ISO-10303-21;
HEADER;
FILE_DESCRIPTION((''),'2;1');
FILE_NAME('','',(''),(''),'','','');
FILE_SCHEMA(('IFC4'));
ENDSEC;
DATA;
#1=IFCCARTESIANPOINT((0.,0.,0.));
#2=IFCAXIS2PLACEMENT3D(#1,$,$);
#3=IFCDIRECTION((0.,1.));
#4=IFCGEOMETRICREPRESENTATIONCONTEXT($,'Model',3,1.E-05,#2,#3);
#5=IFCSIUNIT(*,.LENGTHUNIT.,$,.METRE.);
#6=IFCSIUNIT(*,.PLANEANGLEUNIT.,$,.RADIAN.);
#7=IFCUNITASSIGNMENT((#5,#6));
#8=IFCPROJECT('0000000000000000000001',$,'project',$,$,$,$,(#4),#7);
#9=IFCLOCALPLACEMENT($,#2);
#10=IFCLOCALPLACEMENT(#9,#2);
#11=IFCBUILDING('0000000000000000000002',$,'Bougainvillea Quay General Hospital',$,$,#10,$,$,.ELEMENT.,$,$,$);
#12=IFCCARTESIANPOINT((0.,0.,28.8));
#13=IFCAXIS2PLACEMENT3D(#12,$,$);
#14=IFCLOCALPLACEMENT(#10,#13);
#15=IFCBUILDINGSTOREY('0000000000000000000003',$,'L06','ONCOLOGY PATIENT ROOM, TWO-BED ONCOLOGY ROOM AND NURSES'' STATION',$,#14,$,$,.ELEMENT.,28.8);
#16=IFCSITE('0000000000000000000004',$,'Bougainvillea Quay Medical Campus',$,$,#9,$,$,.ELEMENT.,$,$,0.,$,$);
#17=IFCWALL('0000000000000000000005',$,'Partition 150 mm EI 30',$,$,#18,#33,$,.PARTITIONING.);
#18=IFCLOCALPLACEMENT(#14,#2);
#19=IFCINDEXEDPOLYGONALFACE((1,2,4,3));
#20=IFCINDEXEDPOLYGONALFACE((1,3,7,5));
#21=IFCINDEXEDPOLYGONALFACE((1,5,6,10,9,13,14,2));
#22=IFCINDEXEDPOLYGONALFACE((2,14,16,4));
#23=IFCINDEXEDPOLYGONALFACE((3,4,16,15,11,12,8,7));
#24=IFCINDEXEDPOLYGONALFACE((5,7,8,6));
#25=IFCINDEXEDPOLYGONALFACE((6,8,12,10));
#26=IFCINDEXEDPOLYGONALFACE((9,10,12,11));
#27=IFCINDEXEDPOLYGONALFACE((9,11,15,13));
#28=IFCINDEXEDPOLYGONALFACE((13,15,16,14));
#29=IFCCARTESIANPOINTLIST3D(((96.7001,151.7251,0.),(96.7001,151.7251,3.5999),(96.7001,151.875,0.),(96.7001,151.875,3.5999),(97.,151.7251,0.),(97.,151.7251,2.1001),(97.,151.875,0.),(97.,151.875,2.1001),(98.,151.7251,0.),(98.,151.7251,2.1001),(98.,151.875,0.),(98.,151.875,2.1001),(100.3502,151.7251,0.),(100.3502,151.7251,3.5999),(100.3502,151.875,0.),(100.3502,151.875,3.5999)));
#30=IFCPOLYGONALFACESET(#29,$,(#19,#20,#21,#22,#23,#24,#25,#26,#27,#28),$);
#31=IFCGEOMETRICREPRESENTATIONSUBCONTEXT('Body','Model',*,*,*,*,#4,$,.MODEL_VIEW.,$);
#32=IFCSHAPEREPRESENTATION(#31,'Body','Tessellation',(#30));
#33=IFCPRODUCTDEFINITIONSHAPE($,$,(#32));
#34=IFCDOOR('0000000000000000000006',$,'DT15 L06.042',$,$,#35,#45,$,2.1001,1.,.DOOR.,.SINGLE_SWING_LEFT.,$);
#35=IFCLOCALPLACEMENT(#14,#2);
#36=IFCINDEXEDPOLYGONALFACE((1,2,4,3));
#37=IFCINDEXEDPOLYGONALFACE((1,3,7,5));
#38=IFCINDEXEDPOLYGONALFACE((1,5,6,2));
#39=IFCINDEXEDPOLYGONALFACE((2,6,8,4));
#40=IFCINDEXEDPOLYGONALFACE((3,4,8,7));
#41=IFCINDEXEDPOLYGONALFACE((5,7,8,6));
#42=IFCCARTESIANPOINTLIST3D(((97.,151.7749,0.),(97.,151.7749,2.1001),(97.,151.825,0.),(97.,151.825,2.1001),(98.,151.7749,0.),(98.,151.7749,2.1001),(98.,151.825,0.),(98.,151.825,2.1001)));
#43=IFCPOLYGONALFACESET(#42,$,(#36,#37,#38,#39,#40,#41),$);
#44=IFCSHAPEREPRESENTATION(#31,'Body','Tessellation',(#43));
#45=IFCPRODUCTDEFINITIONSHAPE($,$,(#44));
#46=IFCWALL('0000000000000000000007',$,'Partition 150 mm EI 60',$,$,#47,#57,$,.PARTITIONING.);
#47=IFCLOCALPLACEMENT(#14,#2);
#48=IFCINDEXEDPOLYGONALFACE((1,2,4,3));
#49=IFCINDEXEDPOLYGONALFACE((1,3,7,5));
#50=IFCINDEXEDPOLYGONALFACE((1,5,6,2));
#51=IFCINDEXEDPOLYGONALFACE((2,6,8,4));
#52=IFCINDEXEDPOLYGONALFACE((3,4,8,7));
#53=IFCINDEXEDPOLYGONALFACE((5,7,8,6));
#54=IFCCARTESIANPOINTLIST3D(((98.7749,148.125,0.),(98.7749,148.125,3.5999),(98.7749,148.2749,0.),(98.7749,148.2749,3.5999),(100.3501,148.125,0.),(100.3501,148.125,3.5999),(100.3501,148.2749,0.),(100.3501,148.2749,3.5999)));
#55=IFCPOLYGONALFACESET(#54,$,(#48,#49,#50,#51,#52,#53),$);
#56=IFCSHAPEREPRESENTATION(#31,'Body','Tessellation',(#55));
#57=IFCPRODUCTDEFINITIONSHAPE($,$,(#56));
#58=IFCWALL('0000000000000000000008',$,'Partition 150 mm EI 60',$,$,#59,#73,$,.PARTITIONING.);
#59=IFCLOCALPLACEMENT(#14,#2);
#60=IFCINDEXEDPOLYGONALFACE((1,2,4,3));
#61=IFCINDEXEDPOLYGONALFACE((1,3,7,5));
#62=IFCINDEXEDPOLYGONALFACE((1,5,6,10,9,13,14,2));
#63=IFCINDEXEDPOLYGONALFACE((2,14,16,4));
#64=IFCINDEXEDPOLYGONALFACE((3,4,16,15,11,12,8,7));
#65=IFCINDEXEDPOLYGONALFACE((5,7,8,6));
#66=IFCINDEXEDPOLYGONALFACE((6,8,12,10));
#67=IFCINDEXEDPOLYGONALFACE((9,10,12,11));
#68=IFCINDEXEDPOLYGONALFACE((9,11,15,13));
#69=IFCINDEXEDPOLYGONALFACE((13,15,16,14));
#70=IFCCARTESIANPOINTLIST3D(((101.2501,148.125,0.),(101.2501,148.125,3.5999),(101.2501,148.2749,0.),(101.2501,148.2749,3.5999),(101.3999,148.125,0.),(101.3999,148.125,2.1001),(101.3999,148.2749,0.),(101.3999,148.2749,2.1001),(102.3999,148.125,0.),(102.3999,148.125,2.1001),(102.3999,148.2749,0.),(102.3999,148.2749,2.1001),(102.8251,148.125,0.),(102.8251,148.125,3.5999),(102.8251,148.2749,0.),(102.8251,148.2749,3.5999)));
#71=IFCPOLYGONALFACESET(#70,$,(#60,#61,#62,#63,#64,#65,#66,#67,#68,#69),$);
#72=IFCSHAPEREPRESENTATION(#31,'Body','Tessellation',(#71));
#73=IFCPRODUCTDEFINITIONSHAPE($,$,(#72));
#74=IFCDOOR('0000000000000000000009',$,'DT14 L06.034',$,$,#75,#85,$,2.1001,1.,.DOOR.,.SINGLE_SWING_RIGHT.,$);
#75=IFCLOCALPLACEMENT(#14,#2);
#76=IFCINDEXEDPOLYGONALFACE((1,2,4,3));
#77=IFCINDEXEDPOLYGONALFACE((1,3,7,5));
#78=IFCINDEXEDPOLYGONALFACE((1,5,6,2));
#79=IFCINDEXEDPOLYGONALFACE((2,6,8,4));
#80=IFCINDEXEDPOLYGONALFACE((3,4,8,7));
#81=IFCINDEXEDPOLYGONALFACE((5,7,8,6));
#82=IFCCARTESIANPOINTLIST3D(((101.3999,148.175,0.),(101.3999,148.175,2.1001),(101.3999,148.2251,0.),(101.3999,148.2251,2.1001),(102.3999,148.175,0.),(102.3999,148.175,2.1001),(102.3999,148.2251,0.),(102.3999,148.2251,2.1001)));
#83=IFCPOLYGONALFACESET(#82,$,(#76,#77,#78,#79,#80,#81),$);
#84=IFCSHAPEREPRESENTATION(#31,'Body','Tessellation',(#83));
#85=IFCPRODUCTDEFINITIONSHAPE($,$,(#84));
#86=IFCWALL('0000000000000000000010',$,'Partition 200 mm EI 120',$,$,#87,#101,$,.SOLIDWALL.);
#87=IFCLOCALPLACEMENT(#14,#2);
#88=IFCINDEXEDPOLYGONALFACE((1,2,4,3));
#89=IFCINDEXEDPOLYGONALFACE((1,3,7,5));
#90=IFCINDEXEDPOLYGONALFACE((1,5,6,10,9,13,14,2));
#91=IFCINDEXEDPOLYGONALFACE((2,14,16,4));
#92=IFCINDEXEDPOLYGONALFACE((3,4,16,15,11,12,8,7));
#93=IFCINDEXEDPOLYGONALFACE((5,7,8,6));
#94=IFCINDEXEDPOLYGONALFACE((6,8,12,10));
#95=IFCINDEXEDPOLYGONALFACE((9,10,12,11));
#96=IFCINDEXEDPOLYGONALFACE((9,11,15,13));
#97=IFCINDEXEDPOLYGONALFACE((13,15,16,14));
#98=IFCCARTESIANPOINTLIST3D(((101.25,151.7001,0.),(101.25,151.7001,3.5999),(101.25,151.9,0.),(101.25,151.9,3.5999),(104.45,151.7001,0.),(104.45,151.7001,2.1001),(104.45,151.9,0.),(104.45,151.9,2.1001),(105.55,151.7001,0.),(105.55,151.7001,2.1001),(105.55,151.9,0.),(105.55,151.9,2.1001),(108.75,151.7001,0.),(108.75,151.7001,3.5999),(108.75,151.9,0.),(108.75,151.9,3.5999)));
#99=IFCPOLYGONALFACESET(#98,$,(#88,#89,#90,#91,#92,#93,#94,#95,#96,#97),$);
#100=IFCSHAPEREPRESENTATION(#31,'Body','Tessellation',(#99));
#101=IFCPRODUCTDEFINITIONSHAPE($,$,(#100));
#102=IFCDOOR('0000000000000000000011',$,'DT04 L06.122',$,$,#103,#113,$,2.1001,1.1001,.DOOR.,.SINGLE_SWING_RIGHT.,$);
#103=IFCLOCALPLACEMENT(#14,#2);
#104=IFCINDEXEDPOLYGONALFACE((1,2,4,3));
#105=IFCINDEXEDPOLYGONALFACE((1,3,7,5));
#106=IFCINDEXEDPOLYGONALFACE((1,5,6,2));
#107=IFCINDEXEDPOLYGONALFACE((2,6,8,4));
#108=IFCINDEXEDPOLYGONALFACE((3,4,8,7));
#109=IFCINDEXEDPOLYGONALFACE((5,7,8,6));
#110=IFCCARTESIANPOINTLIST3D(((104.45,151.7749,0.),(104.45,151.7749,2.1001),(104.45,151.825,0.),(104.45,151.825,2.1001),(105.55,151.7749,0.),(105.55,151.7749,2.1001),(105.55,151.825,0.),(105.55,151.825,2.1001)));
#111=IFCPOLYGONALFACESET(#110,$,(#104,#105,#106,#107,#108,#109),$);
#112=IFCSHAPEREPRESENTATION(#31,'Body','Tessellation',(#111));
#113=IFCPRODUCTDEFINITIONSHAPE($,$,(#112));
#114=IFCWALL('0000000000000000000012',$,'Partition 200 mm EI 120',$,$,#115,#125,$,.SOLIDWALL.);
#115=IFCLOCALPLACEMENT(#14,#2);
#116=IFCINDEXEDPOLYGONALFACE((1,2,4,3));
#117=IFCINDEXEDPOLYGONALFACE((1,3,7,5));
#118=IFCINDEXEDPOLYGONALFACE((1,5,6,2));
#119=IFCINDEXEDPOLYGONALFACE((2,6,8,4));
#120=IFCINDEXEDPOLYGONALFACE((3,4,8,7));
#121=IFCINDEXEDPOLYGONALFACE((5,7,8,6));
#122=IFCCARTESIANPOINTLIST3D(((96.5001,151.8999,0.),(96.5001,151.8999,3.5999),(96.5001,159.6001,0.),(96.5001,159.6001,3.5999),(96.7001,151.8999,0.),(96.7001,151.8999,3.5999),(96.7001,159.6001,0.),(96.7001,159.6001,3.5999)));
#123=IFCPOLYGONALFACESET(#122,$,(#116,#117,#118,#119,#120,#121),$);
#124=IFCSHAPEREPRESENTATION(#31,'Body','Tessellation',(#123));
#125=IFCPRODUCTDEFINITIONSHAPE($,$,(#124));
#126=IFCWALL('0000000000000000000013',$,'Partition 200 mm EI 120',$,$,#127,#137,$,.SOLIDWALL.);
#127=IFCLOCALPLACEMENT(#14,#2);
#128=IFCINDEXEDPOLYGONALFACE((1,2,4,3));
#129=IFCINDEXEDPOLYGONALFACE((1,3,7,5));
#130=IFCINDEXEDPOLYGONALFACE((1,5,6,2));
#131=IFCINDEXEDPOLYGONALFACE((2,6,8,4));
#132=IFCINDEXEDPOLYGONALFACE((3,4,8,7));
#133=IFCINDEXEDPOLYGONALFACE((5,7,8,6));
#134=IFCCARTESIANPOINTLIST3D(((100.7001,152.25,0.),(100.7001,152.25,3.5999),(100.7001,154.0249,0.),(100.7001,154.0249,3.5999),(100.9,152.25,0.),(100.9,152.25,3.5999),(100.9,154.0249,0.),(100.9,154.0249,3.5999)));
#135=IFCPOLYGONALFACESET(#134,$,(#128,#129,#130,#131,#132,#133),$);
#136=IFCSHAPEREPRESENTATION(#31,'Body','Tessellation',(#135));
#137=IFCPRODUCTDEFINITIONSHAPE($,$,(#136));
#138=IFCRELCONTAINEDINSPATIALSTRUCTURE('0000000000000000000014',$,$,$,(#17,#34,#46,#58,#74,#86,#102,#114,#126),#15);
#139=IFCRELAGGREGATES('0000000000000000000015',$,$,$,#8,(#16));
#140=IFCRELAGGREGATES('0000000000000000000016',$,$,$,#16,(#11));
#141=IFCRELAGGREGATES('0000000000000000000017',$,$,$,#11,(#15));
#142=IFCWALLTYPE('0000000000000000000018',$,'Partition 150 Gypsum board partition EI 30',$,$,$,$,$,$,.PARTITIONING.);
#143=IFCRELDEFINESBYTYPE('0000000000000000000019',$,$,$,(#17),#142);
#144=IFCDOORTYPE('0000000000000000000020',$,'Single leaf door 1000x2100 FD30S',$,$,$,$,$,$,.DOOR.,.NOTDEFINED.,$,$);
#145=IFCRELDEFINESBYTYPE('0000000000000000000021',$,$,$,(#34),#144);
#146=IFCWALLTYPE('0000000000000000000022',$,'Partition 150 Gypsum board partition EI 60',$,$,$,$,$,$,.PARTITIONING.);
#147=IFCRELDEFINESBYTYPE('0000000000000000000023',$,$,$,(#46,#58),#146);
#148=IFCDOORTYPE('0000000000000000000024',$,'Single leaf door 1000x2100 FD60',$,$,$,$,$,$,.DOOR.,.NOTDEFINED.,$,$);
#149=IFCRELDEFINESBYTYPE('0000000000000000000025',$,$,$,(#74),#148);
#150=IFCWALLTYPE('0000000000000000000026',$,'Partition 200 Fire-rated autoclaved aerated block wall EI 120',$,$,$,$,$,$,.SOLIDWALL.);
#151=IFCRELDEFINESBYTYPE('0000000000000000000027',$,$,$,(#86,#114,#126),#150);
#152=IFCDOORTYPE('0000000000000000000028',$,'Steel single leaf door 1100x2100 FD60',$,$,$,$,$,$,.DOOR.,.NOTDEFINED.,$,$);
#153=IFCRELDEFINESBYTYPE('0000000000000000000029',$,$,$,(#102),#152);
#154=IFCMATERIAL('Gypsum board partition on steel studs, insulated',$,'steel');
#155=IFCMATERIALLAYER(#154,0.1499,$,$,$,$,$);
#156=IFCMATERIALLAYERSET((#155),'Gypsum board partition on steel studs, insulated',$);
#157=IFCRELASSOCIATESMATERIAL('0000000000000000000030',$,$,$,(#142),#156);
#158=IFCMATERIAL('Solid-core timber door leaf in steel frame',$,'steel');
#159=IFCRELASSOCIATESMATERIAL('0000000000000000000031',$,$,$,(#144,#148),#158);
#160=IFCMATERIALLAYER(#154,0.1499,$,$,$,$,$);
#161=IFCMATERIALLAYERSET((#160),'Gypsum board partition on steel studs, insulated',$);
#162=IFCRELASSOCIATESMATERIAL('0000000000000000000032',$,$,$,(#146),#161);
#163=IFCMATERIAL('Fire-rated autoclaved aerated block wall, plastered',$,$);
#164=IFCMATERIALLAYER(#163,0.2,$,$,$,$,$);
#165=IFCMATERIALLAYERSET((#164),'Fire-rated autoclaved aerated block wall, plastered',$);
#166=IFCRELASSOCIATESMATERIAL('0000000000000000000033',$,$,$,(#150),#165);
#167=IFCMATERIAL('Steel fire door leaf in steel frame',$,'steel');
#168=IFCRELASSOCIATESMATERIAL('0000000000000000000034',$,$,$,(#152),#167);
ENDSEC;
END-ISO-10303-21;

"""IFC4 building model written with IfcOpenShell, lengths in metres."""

from ifc_helpers import new_model, si_unit, direction, frame, frame_2d, origin, place, context, subcontext, project, spatial, rectangle, extrude, material, layer, layer_set, type_object, element, fill, save


model = new_model("IFC4")

# Units and contexts
model_context = context("Model", 3, precision=1e-05, world=origin(), true_north=direction((0.0, 1.0)))
body_context = subcontext(model_context, "Body", "Model", "MODEL_VIEW")
ifc_project = project(units=[si_unit("LENGTHUNIT", "METRE"), si_unit("PLANEANGLEUNIT", "RADIAN")], contexts=[model_context])

# Site, building, storey
site_placement = place(None, origin())
site = spatial("IfcSite", under=ifc_project, at=site_placement, Name="Bougainvillea Quay Medical Campus", CompositionType="ELEMENT", RefElevation=0.0)
building_placement = place(site_placement, origin())
building = spatial("IfcBuilding", under=site, at=building_placement, Name="Bougainvillea Quay General Hospital", CompositionType="ELEMENT")
storey_placement = place(building_placement, frame((0.0, 0.0, 28.8)))
storey = spatial("IfcBuildingStorey", under=building, at=storey_placement, Name="L06", Description="ONCOLOGY PATIENT ROOM, TWO-BED ONCOLOGY ROOM AND NURSES' STATION", CompositionType="ELEMENT", Elevation=28.8)

# Shared definitions
ifc_material_1 = material(Name="Gypsum board partition on steel studs, insulated", Category="steel")
ifc_material_2 = material(Name="Solid-core timber door leaf in steel frame", Category="steel")

# Wall, opening, door
ifc_layer_1 = layer(ifc_material_1, 0.1499)
ifc_layer_set_1 = layer_set([ifc_layer_1], Name="Gypsum board partition on steel studs, insulated")
wall_type_1 = type_object("IfcWallType", Name="Partition 150 Gypsum board partition EI 30", PredefinedType="PARTITIONING", material=ifc_layer_set_1)
door_type_1 = type_object("IfcDoorType", Name="Single leaf door 1000x2100 FD30S", OperationType="NOTDEFINED", PredefinedType="DOOR", material=ifc_material_2)
wall_1_placement = place(storey_placement, frame((96.7, 151.8, 0.0), z_axis=(0.0, 0.0, 1.0), x_axis=(1.0, 0.0, 0.0)))
wall_1 = element("IfcWall", 1, at=wall_1_placement, inside=storey, type_object=wall_type_1, Name="Partition 150 mm EI 30", PredefinedType="PARTITIONING", context=body_context, shape_type="SweptSolid", body=[
    extrude(rectangle(XDim=3.6501, YDim=0.1499, at=frame_2d((1.8252, 0.0))), origin(), (0.0, 0.0, 1.0), 3.5999),
])
opening_1_placement = place(wall_1_placement, frame((0.3, 0.0, 0.0)))
opening_1 = element("IfcOpeningElement", 2, at=opening_1_placement, cuts=wall_1, PredefinedType="OPENING", context=body_context, shape_type="SweptSolid", body=[
    extrude(rectangle(XDim=1.0, YDim=2.1001, at=frame_2d((0.5, 1.05))), frame((0.0, 0.085, 0.0), z_axis=(0.0, -1.0, 0.0), x_axis=(1.0, 0.0, 0.0)), (0.0, 0.0, 1.0), 0.1699),
])
door_1_placement = place(opening_1_placement, origin())
door_1 = element("IfcDoor", 3, at=door_1_placement, inside=storey, type_object=door_type_1, Name="DT15 L06.042", OperationType="SINGLE_SWING_LEFT", OverallHeight=2.1001, OverallWidth=1.0, PredefinedType="DOOR", context=body_context, shape_type="SweptSolid", body=[
    extrude(rectangle(XDim=1.0, YDim=2.1001, at=frame_2d((0.5, 1.05))), frame((0.0, 0.0249, 0.0), z_axis=(0.0, -1.0, 0.0), x_axis=(1.0, 0.0, 0.0)), (0.0, 0.0, 1.0), 0.05),
])
fill(opening_1, door_1)

# Wall
ifc_layer_2 = layer(ifc_material_1, 0.1499)
ifc_layer_set_2 = layer_set([ifc_layer_2], Name="Gypsum board partition on steel studs, insulated")
wall_type_2 = type_object("IfcWallType", Name="Partition 150 Gypsum board partition EI 60", PredefinedType="PARTITIONING", material=ifc_layer_set_2)
wall_2_placement = place(storey_placement, frame((98.7749, 148.2, 0.0), z_axis=(0.0, 0.0, 1.0), x_axis=(1.0, 0.0, 0.0)))
element("IfcWall", 4, at=wall_2_placement, inside=storey, type_object=wall_type_2, Name="Partition 150 mm EI 60", PredefinedType="PARTITIONING", context=body_context, shape_type="SweptSolid", body=[
    extrude(rectangle(XDim=1.5752, YDim=0.1499, at=frame_2d((0.7876, 0.0))), origin(), (0.0, 0.0, 1.0), 3.5999),
])

# Walls, openings, doors
wall_3_placement = place(storey_placement, frame((101.25, 148.2, 0.0), z_axis=(0.0, 0.0, 1.0), x_axis=(1.0, 0.0, 0.0)))
wall_3 = element("IfcWall", 5, at=wall_3_placement, inside=storey, type_object=wall_type_2, Name="Partition 150 mm EI 60", PredefinedType="PARTITIONING", context=body_context, shape_type="SweptSolid", body=[
    extrude(rectangle(XDim=1.575, YDim=0.1499, at=frame_2d((0.7876, 0.0))), origin(), (0.0, 0.0, 1.0), 3.5999),
])
opening_2_placement = place(wall_3_placement, frame((0.1499, 0.0, 0.0)))
opening_2 = element("IfcOpeningElement", 6, at=opening_2_placement, cuts=wall_3, PredefinedType="OPENING", context=body_context, shape_type="SweptSolid", body=[
    extrude(rectangle(XDim=1.0, YDim=2.1001, at=frame_2d((0.5, 1.05))), frame((0.0, 0.085, 0.0), z_axis=(0.0, -1.0, 0.0), x_axis=(1.0, 0.0, 0.0)), (0.0, 0.0, 1.0), 0.1699),
])
door_type_2 = type_object("IfcDoorType", Name="Single leaf door 1000x2100 FD60", OperationType="NOTDEFINED", PredefinedType="DOOR", material=ifc_material_2)
door_2_placement = place(opening_2_placement, frame((1.0, 0.0, 0.0), z_axis=(0.0, 0.0, 1.0), x_axis=(-1.0, 0.0, 0.0)))
door_2 = element("IfcDoor", 7, at=door_2_placement, inside=storey, type_object=door_type_2, Name="DT14 L06.034", OperationType="SINGLE_SWING_RIGHT", OverallHeight=2.1001, OverallWidth=1.0, PredefinedType="DOOR", context=body_context, shape_type="SweptSolid", body=[
    extrude(rectangle(XDim=1.0, YDim=2.1001, at=frame_2d((0.5, 1.05))), frame((0.0, 0.0249, 0.0), z_axis=(0.0, -1.0, 0.0), x_axis=(1.0, 0.0, 0.0)), (0.0, 0.0, 1.0), 0.05),
])
fill(opening_2, door_2)
ifc_material_3 = material(Name="Fire-rated autoclaved aerated block wall, plastered")
ifc_layer_3 = layer(ifc_material_3, 0.2)
ifc_layer_set_3 = layer_set([ifc_layer_3], Name="Fire-rated autoclaved aerated block wall, plastered")
wall_type_3 = type_object("IfcWallType", Name="Partition 200 Fire-rated autoclaved aerated block wall EI 120", PredefinedType="SOLIDWALL", material=ifc_layer_set_3)
wall_4_placement = place(storey_placement, frame((101.25, 151.8, 0.0), z_axis=(0.0, 0.0, 1.0), x_axis=(1.0, 0.0, 0.0)))
wall_4 = element("IfcWall", 8, at=wall_4_placement, inside=storey, type_object=wall_type_3, Name="Partition 200 mm EI 120", PredefinedType="SOLIDWALL", context=body_context, shape_type="SweptSolid", body=[
    extrude(rectangle(XDim=7.5, YDim=0.2, at=frame_2d((3.75, 0.0))), origin(), (0.0, 0.0, 1.0), 3.5999),
])
opening_3_placement = place(wall_4_placement, frame((3.2, 0.0, 0.0)))
opening_3 = element("IfcOpeningElement", 9, at=opening_3_placement, cuts=wall_4, PredefinedType="OPENING", context=body_context, shape_type="SweptSolid", body=[
    extrude(rectangle(XDim=1.1001, YDim=2.1001, at=frame_2d((0.55, 1.05))), frame((0.0, 0.1099, 0.0), z_axis=(0.0, -1.0, 0.0), x_axis=(1.0, 0.0, 0.0)), (0.0, 0.0, 1.0), 0.22),
])
ifc_material_4 = material(Name="Steel fire door leaf in steel frame", Category="steel")
door_type_3 = type_object("IfcDoorType", Name="Steel single leaf door 1100x2100 FD60", OperationType="NOTDEFINED", PredefinedType="DOOR", material=ifc_material_4)
door_3_placement = place(opening_3_placement, origin())
door_3 = element("IfcDoor", 10, at=door_3_placement, inside=storey, type_object=door_type_3, Name="DT04 L06.122", OperationType="SINGLE_SWING_RIGHT", OverallHeight=2.1001, OverallWidth=1.1001, PredefinedType="DOOR", context=body_context, shape_type="SweptSolid", body=[
    extrude(rectangle(XDim=1.1001, YDim=2.1001, at=frame_2d((0.55, 1.05))), frame((0.0, 0.0249, 0.0), z_axis=(0.0, -1.0, 0.0), x_axis=(1.0, 0.0, 0.0)), (0.0, 0.0, 1.0), 0.05),
])
fill(opening_3, door_3)

# Walls
wall_5_placement = place(storey_placement, frame((96.6001, 151.8999, 0.0), z_axis=(0.0, 0.0, 1.0), x_axis=(0.0, 1.0, 0.0)))
element("IfcWall", 11, at=wall_5_placement, inside=storey, type_object=wall_type_3, Name="Partition 200 mm EI 120", PredefinedType="SOLIDWALL", context=body_context, shape_type="SweptSolid", body=[
    extrude(rectangle(XDim=7.7002, YDim=0.2, at=frame_2d((3.8501, 0.0))), origin(), (0.0, 0.0, 1.0), 3.5999),
])
wall_6_placement = place(storey_placement, frame((100.8, 152.25, 0.0), z_axis=(0.0, 0.0, 1.0), x_axis=(0.0, 1.0, 0.0)))
element("IfcWall", 12, at=wall_6_placement, inside=storey, type_object=wall_type_3, Name="Partition 200 mm EI 120", PredefinedType="SOLIDWALL", context=body_context, shape_type="SweptSolid", body=[
    extrude(rectangle(XDim=1.7749, YDim=0.2, at=frame_2d((0.8875, 0.0))), origin(), (0.0, 0.0, 1.0), 3.5999),
])

save(model, "model.ifc")
